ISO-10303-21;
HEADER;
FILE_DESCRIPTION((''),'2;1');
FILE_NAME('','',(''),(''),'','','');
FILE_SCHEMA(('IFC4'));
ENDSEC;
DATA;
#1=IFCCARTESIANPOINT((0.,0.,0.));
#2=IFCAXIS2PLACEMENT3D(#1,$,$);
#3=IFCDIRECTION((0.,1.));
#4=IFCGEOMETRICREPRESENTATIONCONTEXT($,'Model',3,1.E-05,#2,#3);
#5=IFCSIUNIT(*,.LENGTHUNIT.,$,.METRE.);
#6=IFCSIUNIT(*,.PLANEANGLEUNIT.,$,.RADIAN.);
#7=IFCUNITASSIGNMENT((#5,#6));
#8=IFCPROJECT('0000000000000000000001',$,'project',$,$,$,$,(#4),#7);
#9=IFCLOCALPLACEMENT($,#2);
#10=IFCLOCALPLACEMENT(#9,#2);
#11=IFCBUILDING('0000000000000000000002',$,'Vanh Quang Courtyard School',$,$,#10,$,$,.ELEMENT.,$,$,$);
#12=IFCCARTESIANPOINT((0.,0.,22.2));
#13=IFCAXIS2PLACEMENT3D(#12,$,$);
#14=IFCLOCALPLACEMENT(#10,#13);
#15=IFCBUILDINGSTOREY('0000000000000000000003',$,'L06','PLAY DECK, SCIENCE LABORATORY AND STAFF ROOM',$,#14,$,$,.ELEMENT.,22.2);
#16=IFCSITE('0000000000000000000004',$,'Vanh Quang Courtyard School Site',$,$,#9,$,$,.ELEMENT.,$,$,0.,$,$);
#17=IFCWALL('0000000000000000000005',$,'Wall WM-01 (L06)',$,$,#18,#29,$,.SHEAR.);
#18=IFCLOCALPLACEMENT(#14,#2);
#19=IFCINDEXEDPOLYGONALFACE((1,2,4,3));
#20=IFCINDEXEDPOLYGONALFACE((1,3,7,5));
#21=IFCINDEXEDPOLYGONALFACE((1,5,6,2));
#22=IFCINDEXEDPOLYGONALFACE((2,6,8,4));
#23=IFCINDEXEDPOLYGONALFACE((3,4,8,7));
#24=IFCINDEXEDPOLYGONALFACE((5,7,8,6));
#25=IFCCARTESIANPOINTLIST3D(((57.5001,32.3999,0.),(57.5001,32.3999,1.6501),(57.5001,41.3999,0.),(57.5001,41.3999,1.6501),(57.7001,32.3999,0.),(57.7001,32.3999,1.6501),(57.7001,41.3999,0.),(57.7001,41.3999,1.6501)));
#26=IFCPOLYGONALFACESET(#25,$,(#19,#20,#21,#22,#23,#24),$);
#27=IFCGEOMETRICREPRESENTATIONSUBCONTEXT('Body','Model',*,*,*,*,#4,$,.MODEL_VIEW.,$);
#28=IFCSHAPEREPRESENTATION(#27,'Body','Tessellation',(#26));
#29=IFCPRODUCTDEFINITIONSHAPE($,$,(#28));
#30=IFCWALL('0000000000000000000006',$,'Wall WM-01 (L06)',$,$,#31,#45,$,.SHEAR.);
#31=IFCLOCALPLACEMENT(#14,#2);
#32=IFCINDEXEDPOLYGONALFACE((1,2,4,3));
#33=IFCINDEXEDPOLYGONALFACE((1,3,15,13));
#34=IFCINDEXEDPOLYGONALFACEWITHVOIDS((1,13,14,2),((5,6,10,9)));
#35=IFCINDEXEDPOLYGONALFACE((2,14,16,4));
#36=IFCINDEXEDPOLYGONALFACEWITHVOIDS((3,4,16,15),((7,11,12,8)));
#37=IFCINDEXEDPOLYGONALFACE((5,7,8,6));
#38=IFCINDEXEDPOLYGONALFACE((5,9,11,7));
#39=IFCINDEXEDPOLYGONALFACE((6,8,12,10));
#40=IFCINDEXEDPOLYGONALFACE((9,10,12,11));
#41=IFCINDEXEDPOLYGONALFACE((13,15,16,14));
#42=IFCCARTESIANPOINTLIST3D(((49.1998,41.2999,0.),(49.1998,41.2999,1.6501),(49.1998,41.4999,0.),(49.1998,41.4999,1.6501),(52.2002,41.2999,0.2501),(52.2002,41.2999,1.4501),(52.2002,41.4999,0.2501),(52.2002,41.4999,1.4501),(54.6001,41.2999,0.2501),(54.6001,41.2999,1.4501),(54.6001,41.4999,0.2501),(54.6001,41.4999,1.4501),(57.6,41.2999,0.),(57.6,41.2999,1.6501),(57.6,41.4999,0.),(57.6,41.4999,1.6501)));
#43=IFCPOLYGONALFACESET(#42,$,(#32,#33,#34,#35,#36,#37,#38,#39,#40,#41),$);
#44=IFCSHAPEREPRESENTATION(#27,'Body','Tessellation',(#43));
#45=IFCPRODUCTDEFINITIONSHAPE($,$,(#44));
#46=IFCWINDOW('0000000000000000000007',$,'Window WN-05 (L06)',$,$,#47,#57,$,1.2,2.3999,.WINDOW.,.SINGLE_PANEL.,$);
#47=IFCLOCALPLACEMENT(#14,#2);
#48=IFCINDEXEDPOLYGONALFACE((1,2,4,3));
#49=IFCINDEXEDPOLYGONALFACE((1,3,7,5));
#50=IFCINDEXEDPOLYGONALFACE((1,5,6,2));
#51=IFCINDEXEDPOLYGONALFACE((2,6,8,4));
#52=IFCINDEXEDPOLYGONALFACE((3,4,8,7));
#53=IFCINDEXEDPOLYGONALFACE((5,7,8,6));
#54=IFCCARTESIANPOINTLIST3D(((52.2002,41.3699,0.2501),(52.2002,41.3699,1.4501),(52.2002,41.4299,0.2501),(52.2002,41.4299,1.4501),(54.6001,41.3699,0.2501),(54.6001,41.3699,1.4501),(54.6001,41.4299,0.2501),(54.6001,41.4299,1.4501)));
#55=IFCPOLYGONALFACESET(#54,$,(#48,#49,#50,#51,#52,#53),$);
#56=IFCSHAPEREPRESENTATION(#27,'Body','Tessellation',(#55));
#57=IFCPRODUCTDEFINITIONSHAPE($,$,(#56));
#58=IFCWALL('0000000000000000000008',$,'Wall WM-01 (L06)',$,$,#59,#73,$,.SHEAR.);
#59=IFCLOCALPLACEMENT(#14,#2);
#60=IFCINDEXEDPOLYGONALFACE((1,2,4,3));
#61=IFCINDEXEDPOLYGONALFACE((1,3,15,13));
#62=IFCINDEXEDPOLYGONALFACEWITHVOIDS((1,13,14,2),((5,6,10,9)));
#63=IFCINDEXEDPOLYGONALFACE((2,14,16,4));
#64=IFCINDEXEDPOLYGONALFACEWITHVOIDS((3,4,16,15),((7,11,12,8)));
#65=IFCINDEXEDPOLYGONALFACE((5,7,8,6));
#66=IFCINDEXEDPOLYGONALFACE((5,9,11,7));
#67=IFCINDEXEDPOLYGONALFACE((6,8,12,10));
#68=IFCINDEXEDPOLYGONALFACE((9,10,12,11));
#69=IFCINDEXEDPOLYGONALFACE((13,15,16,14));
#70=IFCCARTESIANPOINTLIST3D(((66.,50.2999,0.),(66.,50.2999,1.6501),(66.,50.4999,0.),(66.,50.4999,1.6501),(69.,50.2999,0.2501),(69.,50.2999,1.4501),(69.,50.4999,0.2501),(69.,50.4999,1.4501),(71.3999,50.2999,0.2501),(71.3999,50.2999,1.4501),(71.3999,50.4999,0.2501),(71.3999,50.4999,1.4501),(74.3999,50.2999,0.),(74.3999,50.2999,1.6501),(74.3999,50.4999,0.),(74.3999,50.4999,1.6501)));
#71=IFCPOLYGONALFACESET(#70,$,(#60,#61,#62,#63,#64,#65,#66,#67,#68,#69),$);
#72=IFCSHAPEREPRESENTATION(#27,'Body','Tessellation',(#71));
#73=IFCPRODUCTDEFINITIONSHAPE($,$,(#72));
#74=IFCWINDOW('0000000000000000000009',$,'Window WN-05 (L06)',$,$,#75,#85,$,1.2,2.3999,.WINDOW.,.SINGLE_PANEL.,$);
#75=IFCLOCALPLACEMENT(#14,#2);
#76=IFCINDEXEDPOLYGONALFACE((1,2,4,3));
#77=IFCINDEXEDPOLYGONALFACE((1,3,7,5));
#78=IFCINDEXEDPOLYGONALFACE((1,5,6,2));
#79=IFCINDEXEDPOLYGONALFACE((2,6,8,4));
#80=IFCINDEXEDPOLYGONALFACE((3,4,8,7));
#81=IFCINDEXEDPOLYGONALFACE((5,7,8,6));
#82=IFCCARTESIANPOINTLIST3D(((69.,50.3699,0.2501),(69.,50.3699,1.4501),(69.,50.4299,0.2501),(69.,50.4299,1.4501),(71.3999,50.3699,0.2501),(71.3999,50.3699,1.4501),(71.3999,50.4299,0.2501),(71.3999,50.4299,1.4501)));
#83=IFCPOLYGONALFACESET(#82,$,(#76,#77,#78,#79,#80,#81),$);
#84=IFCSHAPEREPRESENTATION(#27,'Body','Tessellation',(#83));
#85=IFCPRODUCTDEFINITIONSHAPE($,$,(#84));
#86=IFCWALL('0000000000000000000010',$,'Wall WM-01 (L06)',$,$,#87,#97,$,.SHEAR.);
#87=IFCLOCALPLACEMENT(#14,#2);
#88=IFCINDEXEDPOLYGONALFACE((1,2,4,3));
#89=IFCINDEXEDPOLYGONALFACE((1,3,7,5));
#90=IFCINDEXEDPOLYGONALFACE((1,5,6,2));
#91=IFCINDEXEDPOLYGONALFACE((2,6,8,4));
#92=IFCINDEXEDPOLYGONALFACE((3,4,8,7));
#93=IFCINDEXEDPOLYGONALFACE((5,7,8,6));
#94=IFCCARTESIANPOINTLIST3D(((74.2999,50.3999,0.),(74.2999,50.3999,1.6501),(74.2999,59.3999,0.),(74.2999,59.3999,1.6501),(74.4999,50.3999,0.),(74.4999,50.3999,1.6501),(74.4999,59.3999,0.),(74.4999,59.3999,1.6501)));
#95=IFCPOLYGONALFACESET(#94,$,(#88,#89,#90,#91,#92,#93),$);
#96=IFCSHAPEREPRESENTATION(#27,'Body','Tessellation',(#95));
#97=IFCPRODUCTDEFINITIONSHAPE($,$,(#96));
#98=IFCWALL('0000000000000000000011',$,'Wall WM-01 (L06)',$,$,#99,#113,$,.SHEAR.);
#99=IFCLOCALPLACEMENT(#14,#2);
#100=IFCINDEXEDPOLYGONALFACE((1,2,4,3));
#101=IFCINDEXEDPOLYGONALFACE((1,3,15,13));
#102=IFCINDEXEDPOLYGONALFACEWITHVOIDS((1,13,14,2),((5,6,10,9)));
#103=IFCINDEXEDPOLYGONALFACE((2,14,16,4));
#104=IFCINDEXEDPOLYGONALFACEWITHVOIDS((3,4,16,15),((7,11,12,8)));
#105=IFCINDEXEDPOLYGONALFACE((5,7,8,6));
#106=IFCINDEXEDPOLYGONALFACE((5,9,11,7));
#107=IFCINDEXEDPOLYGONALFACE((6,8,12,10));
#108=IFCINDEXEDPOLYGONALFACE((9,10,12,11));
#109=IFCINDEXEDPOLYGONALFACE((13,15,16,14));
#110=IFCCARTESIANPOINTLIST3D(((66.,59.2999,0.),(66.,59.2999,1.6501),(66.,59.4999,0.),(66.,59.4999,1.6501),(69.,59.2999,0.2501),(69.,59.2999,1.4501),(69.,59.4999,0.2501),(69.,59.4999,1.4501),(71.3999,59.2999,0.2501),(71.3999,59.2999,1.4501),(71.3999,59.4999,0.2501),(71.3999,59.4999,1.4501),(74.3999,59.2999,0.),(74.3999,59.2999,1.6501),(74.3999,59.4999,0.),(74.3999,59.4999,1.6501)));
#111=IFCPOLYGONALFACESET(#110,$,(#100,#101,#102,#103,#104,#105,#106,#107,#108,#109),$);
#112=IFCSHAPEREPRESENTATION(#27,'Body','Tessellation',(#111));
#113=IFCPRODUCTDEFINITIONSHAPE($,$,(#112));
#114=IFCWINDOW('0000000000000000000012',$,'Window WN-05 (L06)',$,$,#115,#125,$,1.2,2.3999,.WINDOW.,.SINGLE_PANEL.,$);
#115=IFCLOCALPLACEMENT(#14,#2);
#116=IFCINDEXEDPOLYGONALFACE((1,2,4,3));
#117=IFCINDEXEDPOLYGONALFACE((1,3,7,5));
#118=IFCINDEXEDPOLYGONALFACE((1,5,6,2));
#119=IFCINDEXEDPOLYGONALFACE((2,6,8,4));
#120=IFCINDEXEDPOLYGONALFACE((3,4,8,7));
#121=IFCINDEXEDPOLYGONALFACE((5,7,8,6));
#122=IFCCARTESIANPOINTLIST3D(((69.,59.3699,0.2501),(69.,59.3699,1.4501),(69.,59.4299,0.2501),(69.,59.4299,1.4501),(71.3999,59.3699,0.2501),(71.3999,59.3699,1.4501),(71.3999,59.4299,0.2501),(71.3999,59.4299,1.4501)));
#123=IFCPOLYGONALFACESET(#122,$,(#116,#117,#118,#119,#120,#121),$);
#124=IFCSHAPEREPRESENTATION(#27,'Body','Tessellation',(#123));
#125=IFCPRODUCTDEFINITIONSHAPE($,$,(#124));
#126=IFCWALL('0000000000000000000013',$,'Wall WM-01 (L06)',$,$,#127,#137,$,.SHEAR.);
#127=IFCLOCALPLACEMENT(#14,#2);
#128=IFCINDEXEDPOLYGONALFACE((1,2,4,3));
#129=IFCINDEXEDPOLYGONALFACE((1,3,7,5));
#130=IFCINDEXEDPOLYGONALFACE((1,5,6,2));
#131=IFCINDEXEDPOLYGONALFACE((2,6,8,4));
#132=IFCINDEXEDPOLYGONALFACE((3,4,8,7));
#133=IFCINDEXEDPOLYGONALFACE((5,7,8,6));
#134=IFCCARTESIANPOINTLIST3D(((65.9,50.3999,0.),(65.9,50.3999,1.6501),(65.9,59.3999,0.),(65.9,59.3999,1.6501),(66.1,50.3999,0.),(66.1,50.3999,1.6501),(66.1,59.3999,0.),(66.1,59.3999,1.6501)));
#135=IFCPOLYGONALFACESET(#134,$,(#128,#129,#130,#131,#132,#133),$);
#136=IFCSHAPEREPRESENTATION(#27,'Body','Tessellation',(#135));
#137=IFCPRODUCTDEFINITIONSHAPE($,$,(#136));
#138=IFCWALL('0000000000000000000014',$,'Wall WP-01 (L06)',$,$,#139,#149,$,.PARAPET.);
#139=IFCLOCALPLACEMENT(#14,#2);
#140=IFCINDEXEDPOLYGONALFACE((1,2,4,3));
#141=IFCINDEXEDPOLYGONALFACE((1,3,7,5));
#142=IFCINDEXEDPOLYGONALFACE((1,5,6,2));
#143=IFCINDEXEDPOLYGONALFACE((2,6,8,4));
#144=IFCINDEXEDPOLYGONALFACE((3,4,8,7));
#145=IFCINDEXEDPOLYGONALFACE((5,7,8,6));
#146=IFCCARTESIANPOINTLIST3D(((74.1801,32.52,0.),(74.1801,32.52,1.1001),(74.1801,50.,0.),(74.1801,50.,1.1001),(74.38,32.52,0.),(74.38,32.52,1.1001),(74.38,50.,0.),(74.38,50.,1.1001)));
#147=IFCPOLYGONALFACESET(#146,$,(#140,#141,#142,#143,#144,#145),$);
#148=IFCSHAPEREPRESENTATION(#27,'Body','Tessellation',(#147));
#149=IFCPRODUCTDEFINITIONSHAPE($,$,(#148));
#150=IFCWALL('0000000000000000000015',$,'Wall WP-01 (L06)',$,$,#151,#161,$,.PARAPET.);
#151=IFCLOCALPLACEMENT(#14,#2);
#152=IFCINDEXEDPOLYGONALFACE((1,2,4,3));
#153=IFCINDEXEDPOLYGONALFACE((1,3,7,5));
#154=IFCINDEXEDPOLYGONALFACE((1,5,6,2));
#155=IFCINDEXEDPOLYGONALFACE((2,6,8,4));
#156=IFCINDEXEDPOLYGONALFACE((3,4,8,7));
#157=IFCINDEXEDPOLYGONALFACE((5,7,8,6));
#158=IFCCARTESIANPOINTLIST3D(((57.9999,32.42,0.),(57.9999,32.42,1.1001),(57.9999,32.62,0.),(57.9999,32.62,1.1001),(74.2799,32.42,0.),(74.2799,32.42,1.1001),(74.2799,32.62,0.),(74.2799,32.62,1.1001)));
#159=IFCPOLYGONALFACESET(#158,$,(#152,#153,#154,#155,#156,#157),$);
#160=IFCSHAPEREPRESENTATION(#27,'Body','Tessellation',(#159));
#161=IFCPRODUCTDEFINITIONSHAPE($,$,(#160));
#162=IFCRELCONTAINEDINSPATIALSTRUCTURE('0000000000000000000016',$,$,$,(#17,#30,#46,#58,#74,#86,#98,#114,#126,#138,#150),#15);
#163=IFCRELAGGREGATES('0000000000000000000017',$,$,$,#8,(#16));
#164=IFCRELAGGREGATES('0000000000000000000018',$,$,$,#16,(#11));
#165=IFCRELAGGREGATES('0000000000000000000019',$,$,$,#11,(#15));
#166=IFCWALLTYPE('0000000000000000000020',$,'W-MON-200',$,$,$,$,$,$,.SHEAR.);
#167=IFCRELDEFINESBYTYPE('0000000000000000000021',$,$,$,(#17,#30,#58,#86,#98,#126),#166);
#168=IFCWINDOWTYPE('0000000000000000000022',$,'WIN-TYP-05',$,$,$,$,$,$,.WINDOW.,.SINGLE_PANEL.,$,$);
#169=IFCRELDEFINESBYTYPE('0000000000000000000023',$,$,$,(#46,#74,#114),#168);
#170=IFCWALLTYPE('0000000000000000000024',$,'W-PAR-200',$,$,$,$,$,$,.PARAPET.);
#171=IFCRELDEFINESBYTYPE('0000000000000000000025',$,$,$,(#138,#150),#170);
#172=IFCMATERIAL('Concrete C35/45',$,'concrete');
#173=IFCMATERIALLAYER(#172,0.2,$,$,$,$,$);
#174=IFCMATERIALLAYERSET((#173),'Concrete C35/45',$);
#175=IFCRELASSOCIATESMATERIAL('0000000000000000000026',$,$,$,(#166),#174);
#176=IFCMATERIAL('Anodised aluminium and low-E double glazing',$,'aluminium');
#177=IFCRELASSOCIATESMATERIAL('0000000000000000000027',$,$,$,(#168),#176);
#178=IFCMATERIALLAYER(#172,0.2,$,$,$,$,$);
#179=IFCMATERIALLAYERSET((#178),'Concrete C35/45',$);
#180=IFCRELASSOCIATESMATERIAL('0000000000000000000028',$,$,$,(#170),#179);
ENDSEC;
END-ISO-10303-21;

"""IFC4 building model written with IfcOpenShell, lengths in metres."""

from ifc_helpers import new_model, si_unit, direction, frame, frame_2d, origin, place, context, subcontext, project, spatial, rectangle, extrude, material, layer, layer_set, type_object, element, fill, save


model = new_model("IFC4")

# Units and contexts
model_context = context("Model", 3, precision=1e-05, world=origin(), true_north=direction((0.0, 1.0)))
body_context = subcontext(model_context, "Body", "Model", "MODEL_VIEW")
ifc_project = project(units=[si_unit("LENGTHUNIT", "METRE"), si_unit("PLANEANGLEUNIT", "RADIAN")], contexts=[model_context])

# Site, building, storey
site_placement = place(None, origin())
site = spatial("IfcSite", under=ifc_project, at=site_placement, Name="Vanh Quang Courtyard School Site", CompositionType="ELEMENT", RefElevation=0.0)
building_placement = place(site_placement, origin())
building = spatial("IfcBuilding", under=site, at=building_placement, Name="Vanh Quang Courtyard School", CompositionType="ELEMENT")
storey_placement = place(building_placement, frame((0.0, 0.0, 22.2)))
storey = spatial("IfcBuildingStorey", under=building, at=storey_placement, Name="L06", Description="PLAY DECK, SCIENCE LABORATORY AND STAFF ROOM", CompositionType="ELEMENT", Elevation=22.2)

# Shared definitions
ifc_material_1 = material(Name="Concrete C35/45", Category="concrete")

# Wall
ifc_layer_1 = layer(ifc_material_1, 0.2)
ifc_layer_set_1 = layer_set([ifc_layer_1], Name="Concrete C35/45")
wall_type_1 = type_object("IfcWallType", Name="W-MON-200", PredefinedType="SHEAR", material=ifc_layer_set_1)
wall_1_placement = place(storey_placement, frame((57.6001, 32.3999, 0.0), z_axis=(0.0, 0.0, 1.0), x_axis=(0.0, 1.0, 0.0)))
element("IfcWall", 1, at=wall_1_placement, inside=storey, type_object=wall_type_1, Name="Wall WM-01 (L06)", PredefinedType="SHEAR", context=body_context, shape_type="SweptSolid", body=[
    extrude(rectangle(XDim=9.0, YDim=0.2, at=frame_2d((4.5, 0.0))), origin(), (0.0, 0.0, 1.0), 1.6501),
])

# Walls, openings, windows
wall_2_placement = place(storey_placement, frame((57.6001, 41.3999, 0.0), z_axis=(0.0, 0.0, 1.0), x_axis=(-1.0, 0.0, 0.0)))
wall_2 = element("IfcWall", 2, at=wall_2_placement, inside=storey, type_object=wall_type_1, Name="Wall WM-01 (L06)", PredefinedType="SHEAR", context=body_context, shape_type="SweptSolid", body=[
    extrude(rectangle(XDim=8.4001, YDim=0.2, at=frame_2d((4.2002, 0.0))), origin(), (0.0, 0.0, 1.0), 1.6501),
])
opening_1_placement = place(wall_2_placement, frame((3.0, 0.0, 0.25)))
opening_1 = element("IfcOpeningElement", 3, at=opening_1_placement, cuts=wall_2, PredefinedType="OPENING", context=body_context, shape_type="SweptSolid", body=[
    extrude(rectangle(XDim=2.3999, YDim=1.2, at=frame_2d((1.2, 0.6001))), frame((0.0, 0.1099, 0.0), z_axis=(0.0, -1.0, 0.0), x_axis=(1.0, 0.0, 0.0)), (0.0, 0.0, 1.0), 0.22),
])
ifc_material_2 = material(Name="Anodised aluminium and low-E double glazing", Category="aluminium")
window_type = type_object("IfcWindowType", Name="WIN-TYP-05", PartitioningType="SINGLE_PANEL", PredefinedType="WINDOW", material=ifc_material_2)
window_1_placement = place(opening_1_placement, origin())
window_1 = element("IfcWindow", 4, at=window_1_placement, inside=storey, type_object=window_type, Name="Window WN-05 (L06)", OverallHeight=1.2, OverallWidth=2.3999, PartitioningType="SINGLE_PANEL", PredefinedType="WINDOW", context=body_context, shape_type="SweptSolid", body=[
    extrude(rectangle(XDim=2.3999, YDim=1.2, at=frame_2d((1.2, 0.6001))), frame((0.0, 0.03, 0.0), z_axis=(0.0, -1.0, 0.0), x_axis=(1.0, 0.0, 0.0)), (0.0, 0.0, 1.0), 0.0601),
])
fill(opening_1, window_1)
wall_3_placement = place(storey_placement, frame((66.0, 50.3999, 0.0), z_axis=(0.0, 0.0, 1.0), x_axis=(1.0, 0.0, 0.0)))
wall_3 = element("IfcWall", 5, at=wall_3_placement, inside=storey, type_object=wall_type_1, Name="Wall WM-01 (L06)", PredefinedType="SHEAR", context=body_context, shape_type="SweptSolid", body=[
    extrude(rectangle(XDim=8.3999, YDim=0.2, at=frame_2d((4.2, 0.0))), origin(), (0.0, 0.0, 1.0), 1.6501),
])
opening_2_placement = place(wall_3_placement, frame((3.0, 0.0, 0.25)))
opening_2 = element("IfcOpeningElement", 6, at=opening_2_placement, cuts=wall_3, PredefinedType="OPENING", context=body_context, shape_type="SweptSolid", body=[
    extrude(rectangle(XDim=2.3999, YDim=1.2, at=frame_2d((1.2, 0.6001))), frame((0.0, 0.1099, 0.0), z_axis=(0.0, -1.0, 0.0), x_axis=(1.0, 0.0, 0.0)), (0.0, 0.0, 1.0), 0.22),
])
window_2_placement = place(opening_2_placement, origin())
window_2 = element("IfcWindow", 7, at=window_2_placement, inside=storey, type_object=window_type, Name="Window WN-05 (L06)", OverallHeight=1.2, OverallWidth=2.3999, PartitioningType="SINGLE_PANEL", PredefinedType="WINDOW", context=body_context, shape_type="SweptSolid", body=[
    extrude(rectangle(XDim=2.3999, YDim=1.2, at=frame_2d((1.2, 0.6001))), frame((0.0, 0.03, 0.0), z_axis=(0.0, -1.0, 0.0), x_axis=(1.0, 0.0, 0.0)), (0.0, 0.0, 1.0), 0.0601),
])
fill(opening_2, window_2)

# Wall
wall_4_placement = place(storey_placement, frame((74.3999, 50.3999, 0.0), z_axis=(0.0, 0.0, 1.0), x_axis=(0.0, 1.0, 0.0)))
element("IfcWall", 8, at=wall_4_placement, inside=storey, type_object=wall_type_1, Name="Wall WM-01 (L06)", PredefinedType="SHEAR", context=body_context, shape_type="SweptSolid", body=[
    extrude(rectangle(XDim=9.0, YDim=0.2, at=frame_2d((4.5, 0.0))), origin(), (0.0, 0.0, 1.0), 1.6501),
])

# Wall, opening, window
wall_5_placement = place(storey_placement, frame((74.3999, 59.3999, 0.0), z_axis=(0.0, 0.0, 1.0), x_axis=(-1.0, 0.0, 0.0)))
wall_5 = element("IfcWall", 9, at=wall_5_placement, inside=storey, type_object=wall_type_1, Name="Wall WM-01 (L06)", PredefinedType="SHEAR", context=body_context, shape_type="SweptSolid", body=[
    extrude(rectangle(XDim=8.3999, YDim=0.2, at=frame_2d((4.2, 0.0))), origin(), (0.0, 0.0, 1.0), 1.6501),
])
opening_3_placement = place(wall_5_placement, frame((3.0, 0.0, 0.25)))
opening_3 = element("IfcOpeningElement", 10, at=opening_3_placement, cuts=wall_5, PredefinedType="OPENING", context=body_context, shape_type="SweptSolid", body=[
    extrude(rectangle(XDim=2.3999, YDim=1.2, at=frame_2d((1.2, 0.6001))), frame((0.0, 0.1099, 0.0), z_axis=(0.0, -1.0, 0.0), x_axis=(1.0, 0.0, 0.0)), (0.0, 0.0, 1.0), 0.22),
])
window_3_placement = place(opening_3_placement, origin())
window_3 = element("IfcWindow", 11, at=window_3_placement, inside=storey, type_object=window_type, Name="Window WN-05 (L06)", OverallHeight=1.2, OverallWidth=2.3999, PartitioningType="SINGLE_PANEL", PredefinedType="WINDOW", context=body_context, shape_type="SweptSolid", body=[
    extrude(rectangle(XDim=2.3999, YDim=1.2, at=frame_2d((1.2, 0.6001))), frame((0.0, 0.03, 0.0), z_axis=(0.0, -1.0, 0.0), x_axis=(1.0, 0.0, 0.0)), (0.0, 0.0, 1.0), 0.0601),
])
fill(opening_3, window_3)

# Walls
wall_6_placement = place(storey_placement, frame((66.0, 59.3999, 0.0), z_axis=(0.0, 0.0, 1.0), x_axis=(0.0, -1.0, 0.0)))
element("IfcWall", 12, at=wall_6_placement, inside=storey, type_object=wall_type_1, Name="Wall WM-01 (L06)", PredefinedType="SHEAR", context=body_context, shape_type="SweptSolid", body=[
    extrude(rectangle(XDim=9.0, YDim=0.2, at=frame_2d((4.5, 0.0))), origin(), (0.0, 0.0, 1.0), 1.6501),
])
ifc_layer_2 = layer(ifc_material_1, 0.2)
ifc_layer_set_2 = layer_set([ifc_layer_2], Name="Concrete C35/45")
wall_type_2 = type_object("IfcWallType", Name="W-PAR-200", PredefinedType="PARAPET", material=ifc_layer_set_2)
wall_7_placement = place(storey_placement, frame((74.28, 50.0, 0.0), z_axis=(0.0, 0.0, 1.0), x_axis=(0.0, -1.0, 0.0)))
element("IfcWall", 13, at=wall_7_placement, inside=storey, type_object=wall_type_2, Name="Wall WP-01 (L06)", PredefinedType="PARAPET", context=body_context, shape_type="SweptSolid", body=[
    extrude(rectangle(XDim=17.48, YDim=0.2, at=frame_2d((8.74, 0.0))), origin(), (0.0, 0.0, 1.0), 1.1001),
])
wall_8_placement = place(storey_placement, frame((74.28, 32.52, 0.0), z_axis=(0.0, 0.0, 1.0), x_axis=(-1.0, 0.0, 0.0)))
element("IfcWall", 14, at=wall_8_placement, inside=storey, type_object=wall_type_2, Name="Wall WP-01 (L06)", PredefinedType="PARAPET", context=body_context, shape_type="SweptSolid", body=[
    extrude(rectangle(XDim=16.28, YDim=0.2, at=frame_2d((8.1401, 0.0))), origin(), (0.0, 0.0, 1.0), 1.1001),
])

save(model, "model.ifc")
